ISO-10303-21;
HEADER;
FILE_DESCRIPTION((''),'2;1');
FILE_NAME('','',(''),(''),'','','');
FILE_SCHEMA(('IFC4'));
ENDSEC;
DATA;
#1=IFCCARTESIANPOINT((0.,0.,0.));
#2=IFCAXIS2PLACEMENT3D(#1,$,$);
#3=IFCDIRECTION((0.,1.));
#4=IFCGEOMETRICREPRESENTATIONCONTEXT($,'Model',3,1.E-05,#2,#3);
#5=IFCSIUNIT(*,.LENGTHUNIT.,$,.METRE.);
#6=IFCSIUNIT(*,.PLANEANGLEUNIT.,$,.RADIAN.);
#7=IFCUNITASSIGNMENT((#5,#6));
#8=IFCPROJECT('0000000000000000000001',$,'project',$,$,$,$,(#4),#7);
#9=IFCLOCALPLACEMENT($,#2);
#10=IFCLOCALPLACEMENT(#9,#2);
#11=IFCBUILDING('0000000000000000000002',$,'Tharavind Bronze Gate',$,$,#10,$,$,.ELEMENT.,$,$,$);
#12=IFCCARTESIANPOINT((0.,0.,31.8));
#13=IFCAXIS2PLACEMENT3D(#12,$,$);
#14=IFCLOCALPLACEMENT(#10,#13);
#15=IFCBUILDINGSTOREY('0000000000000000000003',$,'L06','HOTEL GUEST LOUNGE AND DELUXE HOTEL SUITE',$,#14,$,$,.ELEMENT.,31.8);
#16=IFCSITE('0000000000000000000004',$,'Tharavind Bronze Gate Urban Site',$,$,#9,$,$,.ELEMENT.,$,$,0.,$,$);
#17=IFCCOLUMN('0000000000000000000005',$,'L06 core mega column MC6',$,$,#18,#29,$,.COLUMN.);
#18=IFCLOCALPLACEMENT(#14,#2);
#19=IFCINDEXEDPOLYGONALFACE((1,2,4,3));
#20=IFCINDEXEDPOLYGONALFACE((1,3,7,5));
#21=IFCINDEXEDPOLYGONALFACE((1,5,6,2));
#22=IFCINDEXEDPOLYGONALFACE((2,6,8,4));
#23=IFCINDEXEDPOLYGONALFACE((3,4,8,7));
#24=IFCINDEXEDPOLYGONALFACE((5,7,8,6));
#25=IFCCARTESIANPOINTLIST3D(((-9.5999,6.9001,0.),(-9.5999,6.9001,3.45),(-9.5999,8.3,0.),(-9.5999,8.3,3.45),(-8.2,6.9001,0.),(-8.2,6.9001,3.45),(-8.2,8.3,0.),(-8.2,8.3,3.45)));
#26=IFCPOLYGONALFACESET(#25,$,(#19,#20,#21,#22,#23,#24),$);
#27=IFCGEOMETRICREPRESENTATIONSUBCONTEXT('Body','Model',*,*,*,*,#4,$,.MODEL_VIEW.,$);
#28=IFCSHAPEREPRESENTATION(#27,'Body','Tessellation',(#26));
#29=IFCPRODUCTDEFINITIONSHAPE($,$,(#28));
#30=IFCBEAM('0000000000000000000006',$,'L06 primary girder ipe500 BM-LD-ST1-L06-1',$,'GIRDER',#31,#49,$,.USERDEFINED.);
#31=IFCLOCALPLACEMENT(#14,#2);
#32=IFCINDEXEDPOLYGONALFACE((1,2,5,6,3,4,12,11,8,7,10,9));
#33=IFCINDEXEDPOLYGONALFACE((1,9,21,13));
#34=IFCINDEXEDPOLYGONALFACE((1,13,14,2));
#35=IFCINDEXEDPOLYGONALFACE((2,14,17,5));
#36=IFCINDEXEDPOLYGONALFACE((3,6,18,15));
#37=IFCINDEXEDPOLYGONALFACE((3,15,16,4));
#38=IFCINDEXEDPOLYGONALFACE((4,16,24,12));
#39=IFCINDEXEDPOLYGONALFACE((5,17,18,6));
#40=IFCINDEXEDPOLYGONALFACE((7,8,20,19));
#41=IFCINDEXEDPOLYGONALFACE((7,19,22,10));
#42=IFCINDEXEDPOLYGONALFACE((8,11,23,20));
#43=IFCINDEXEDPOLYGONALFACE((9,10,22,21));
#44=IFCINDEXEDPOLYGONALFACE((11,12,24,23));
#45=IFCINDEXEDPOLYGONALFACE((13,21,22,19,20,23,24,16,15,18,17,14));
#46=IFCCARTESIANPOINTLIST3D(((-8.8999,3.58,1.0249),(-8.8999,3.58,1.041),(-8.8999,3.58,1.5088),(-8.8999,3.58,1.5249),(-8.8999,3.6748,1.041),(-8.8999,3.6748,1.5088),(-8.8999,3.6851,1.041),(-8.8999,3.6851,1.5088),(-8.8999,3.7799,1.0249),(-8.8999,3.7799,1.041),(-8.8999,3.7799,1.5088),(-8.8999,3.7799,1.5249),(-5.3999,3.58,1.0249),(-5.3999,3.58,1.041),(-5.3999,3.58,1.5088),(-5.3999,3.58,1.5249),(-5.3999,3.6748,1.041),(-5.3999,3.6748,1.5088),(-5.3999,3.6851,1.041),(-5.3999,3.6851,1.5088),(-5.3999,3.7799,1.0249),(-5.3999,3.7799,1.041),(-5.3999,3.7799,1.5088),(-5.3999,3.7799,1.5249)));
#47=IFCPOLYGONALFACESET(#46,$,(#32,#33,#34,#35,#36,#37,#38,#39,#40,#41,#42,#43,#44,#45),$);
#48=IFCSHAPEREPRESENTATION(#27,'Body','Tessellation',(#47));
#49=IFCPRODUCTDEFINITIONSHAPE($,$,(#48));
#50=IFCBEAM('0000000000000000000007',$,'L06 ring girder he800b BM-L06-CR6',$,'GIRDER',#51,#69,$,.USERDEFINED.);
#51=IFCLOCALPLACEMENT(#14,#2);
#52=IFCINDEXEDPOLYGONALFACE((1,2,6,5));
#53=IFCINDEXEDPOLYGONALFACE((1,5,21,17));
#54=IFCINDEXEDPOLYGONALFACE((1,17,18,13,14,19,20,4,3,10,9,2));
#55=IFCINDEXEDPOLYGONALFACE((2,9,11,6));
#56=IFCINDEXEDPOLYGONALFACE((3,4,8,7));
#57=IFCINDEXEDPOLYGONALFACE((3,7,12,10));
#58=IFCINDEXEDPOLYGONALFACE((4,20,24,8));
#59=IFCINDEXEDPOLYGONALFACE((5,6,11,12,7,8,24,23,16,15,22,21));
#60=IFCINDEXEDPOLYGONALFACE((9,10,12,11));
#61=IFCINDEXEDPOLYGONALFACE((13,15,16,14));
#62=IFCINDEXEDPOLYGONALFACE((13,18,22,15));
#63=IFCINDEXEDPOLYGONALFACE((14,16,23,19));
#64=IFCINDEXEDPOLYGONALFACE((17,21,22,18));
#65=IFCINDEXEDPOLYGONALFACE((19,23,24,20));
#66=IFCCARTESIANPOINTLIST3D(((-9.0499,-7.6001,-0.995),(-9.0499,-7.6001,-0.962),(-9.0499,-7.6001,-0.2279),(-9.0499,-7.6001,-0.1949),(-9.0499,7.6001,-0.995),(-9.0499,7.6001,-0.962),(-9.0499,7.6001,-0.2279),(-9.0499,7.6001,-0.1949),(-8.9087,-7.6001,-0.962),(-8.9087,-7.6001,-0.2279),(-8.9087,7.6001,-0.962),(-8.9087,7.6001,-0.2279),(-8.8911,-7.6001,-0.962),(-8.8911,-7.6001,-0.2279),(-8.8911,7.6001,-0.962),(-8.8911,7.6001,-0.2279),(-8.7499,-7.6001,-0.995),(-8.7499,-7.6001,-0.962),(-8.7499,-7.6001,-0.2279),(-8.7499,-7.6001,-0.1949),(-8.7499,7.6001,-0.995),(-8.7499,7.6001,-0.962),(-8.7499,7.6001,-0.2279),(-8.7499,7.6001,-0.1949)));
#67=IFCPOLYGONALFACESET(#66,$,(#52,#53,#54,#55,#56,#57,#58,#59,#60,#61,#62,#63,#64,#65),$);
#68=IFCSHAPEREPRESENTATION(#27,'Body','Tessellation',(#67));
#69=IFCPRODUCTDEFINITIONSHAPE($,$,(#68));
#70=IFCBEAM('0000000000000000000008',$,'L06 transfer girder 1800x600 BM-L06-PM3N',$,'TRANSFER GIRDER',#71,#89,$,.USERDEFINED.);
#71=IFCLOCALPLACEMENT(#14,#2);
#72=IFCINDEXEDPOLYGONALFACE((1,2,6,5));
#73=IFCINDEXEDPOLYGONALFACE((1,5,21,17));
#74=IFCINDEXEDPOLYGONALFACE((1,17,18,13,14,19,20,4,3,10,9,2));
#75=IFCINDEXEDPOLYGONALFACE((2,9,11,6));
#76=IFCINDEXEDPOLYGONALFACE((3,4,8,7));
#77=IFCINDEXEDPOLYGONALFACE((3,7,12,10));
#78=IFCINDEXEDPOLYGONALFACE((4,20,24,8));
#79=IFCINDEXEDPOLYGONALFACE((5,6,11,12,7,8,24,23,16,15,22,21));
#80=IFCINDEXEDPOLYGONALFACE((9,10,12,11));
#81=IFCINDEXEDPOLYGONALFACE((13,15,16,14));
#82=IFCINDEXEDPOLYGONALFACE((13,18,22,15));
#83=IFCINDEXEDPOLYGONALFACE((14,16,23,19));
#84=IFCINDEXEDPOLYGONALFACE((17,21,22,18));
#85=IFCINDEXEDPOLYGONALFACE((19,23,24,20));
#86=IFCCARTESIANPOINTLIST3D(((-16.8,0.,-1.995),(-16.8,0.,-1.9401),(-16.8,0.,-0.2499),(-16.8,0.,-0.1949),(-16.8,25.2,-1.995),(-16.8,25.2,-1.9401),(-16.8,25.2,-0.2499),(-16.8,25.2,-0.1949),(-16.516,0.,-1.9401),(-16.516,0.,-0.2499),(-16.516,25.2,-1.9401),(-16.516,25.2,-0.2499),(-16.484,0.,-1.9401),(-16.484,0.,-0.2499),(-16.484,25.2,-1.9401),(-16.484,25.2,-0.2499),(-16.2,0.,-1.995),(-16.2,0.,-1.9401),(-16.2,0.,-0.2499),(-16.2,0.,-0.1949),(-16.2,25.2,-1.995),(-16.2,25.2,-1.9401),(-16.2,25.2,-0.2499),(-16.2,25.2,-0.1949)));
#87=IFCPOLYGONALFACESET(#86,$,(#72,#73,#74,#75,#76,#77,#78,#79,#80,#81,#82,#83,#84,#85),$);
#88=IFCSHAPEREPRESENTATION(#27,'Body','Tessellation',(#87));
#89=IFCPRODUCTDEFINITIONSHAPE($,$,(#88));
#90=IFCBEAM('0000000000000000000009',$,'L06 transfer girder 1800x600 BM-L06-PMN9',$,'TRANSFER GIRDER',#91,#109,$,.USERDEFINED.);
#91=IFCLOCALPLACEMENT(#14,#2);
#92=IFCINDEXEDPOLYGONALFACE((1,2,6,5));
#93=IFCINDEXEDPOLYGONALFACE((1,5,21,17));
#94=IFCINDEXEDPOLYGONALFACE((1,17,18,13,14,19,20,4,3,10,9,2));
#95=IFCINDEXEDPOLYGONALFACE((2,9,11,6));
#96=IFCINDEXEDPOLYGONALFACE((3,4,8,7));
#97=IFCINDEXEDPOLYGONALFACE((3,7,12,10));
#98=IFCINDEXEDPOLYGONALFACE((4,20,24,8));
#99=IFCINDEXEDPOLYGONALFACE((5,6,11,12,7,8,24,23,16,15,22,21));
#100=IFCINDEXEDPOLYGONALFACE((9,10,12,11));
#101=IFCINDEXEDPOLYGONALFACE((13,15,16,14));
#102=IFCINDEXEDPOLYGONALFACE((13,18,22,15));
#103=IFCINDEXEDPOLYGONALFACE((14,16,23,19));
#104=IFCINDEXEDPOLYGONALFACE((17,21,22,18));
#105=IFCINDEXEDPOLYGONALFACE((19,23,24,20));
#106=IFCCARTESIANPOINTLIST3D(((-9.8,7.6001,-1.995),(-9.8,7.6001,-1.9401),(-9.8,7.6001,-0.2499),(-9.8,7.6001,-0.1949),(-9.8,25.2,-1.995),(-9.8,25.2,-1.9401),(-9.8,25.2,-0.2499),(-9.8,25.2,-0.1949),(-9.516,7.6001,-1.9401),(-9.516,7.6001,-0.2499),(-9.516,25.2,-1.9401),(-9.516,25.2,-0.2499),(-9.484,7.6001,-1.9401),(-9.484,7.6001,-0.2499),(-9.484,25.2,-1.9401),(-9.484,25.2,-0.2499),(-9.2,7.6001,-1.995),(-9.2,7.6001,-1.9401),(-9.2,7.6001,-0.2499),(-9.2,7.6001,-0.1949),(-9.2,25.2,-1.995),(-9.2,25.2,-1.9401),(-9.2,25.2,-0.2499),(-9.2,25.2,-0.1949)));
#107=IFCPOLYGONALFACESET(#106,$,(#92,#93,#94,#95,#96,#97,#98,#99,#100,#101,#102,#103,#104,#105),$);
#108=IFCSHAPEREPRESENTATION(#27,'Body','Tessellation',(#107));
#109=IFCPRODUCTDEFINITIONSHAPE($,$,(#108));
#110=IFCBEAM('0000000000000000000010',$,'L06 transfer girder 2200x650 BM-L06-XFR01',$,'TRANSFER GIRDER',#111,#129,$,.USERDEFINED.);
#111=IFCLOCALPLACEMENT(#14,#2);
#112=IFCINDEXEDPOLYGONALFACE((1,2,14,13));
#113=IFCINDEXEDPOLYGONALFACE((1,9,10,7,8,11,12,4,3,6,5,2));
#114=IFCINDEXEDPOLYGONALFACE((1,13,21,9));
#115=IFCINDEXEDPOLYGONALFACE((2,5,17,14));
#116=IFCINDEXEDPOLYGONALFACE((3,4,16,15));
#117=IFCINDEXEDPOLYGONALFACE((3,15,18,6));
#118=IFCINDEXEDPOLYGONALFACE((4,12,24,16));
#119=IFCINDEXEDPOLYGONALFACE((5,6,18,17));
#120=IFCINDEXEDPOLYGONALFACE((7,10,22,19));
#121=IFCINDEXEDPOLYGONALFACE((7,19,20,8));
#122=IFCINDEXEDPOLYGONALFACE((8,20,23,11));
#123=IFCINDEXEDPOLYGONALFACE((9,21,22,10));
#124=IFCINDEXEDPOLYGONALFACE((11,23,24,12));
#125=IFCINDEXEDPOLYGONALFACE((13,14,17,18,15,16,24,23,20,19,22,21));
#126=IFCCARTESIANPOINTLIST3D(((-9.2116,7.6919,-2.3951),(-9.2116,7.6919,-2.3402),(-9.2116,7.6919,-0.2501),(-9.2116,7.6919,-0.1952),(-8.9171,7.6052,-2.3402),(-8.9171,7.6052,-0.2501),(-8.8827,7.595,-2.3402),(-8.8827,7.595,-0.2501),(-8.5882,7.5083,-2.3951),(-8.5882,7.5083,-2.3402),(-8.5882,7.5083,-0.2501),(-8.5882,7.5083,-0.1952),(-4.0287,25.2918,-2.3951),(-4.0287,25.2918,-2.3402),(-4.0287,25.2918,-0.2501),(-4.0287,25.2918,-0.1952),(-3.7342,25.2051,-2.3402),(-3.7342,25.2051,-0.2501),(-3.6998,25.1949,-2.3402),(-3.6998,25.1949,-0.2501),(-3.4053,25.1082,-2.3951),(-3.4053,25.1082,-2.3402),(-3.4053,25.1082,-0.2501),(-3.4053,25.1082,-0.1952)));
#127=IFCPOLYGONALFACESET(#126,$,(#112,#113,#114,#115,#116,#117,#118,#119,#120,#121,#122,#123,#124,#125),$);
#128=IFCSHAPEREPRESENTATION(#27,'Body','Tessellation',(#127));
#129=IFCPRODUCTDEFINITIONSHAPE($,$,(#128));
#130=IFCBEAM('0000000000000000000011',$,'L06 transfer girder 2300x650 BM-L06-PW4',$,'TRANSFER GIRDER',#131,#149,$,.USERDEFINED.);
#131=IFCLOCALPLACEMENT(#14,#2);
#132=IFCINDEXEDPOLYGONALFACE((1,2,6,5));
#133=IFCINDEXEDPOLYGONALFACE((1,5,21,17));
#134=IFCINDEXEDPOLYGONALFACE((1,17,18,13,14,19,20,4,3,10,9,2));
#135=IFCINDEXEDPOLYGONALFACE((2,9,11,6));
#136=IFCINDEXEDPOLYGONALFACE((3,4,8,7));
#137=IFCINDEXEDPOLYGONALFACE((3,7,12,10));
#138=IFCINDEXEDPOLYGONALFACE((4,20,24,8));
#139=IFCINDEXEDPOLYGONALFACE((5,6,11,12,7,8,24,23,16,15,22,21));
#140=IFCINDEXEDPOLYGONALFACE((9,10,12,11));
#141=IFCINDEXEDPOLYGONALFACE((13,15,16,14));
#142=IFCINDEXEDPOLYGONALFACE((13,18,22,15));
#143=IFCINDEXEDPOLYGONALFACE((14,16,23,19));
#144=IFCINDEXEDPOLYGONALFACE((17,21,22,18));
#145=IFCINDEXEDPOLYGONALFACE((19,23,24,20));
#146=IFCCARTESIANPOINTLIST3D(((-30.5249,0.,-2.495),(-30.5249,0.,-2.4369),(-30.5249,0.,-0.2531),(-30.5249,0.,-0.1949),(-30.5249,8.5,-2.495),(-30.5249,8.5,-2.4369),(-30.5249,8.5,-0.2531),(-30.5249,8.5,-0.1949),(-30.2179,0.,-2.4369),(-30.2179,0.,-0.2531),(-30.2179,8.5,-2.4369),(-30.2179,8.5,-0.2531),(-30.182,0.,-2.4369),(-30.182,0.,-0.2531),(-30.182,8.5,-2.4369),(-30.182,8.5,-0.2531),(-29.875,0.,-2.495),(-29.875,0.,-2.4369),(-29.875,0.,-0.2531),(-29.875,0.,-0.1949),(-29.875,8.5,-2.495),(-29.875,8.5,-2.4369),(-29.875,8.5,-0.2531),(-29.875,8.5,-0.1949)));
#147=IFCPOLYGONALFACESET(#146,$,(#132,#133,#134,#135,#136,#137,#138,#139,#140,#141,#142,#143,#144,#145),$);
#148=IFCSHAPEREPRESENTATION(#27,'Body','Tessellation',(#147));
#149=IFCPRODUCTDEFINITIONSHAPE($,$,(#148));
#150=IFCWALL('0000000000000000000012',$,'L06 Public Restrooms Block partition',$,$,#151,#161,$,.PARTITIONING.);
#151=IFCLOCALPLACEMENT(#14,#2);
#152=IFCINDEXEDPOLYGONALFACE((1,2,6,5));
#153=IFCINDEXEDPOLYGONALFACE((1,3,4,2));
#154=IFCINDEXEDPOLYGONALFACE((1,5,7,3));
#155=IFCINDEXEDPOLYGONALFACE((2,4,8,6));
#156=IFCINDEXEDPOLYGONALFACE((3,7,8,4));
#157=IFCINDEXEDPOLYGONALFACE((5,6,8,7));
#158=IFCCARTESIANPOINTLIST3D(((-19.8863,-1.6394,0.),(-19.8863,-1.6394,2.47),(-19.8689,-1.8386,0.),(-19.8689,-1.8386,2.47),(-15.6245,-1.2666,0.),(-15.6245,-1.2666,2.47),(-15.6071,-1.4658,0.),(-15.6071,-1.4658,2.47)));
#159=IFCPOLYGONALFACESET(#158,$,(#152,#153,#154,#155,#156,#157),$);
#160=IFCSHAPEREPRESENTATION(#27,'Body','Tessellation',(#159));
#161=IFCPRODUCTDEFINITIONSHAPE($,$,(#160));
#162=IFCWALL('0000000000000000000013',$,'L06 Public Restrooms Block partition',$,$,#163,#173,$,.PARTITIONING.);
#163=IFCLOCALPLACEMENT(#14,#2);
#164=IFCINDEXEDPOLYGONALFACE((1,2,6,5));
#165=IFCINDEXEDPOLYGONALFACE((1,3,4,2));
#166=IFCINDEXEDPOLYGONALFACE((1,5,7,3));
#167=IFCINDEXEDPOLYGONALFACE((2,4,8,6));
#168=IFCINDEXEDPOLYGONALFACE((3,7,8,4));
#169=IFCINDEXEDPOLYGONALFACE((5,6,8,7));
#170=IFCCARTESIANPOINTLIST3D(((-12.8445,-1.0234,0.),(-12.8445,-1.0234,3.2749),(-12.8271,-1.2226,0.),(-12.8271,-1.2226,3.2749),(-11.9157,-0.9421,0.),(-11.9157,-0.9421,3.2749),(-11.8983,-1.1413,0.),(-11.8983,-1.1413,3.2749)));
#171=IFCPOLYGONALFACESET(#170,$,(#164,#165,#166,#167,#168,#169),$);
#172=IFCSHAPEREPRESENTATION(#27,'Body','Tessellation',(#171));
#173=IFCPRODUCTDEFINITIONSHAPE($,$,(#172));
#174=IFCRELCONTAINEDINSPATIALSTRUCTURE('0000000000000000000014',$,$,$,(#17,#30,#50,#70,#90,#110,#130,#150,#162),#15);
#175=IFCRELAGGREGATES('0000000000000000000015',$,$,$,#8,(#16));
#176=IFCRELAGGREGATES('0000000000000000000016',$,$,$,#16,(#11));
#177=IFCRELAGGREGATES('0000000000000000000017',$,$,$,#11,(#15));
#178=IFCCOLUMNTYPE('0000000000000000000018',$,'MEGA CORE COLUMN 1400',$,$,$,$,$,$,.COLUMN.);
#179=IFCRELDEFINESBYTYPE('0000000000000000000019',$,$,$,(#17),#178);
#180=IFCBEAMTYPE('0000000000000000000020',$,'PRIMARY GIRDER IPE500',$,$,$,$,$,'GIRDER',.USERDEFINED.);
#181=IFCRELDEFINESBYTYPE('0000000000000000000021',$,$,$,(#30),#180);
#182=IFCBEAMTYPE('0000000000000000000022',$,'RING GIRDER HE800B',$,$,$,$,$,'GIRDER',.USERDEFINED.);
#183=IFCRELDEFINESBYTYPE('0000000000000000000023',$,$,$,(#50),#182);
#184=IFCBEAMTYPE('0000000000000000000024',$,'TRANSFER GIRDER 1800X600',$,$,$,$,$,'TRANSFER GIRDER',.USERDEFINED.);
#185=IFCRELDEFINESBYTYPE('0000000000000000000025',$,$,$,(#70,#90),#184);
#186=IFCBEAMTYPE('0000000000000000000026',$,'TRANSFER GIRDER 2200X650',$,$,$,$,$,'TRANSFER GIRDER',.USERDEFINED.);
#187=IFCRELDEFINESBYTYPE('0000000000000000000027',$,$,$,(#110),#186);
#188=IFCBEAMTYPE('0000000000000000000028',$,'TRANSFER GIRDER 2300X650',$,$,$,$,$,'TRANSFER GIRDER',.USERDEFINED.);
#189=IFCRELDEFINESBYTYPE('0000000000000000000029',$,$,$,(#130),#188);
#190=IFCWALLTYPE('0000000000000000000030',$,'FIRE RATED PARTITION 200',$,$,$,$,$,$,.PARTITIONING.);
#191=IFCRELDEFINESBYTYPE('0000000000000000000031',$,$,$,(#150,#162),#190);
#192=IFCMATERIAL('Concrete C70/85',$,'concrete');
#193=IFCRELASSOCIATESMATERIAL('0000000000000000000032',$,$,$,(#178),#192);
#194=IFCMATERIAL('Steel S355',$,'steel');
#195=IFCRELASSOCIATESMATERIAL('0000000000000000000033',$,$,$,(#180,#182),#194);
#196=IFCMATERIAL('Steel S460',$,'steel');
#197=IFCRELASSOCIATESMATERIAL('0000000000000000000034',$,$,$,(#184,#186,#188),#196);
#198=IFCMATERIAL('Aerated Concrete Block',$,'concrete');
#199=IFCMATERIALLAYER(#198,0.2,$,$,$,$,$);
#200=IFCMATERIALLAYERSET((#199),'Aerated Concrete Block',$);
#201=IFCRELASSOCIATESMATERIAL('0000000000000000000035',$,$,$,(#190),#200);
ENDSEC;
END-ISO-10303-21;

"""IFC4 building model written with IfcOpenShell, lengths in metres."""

from ifc_helpers import new_model, si_unit, direction, frame, frame_2d, origin, origin_2d, place, context, subcontext, project, spatial, rectangle, i_section, extrude, material, layer, layer_set, material_profile, profile_set, type_object, element, save


model = new_model("IFC4")

# Units and contexts
model_context = context("Model", 3, precision=1e-05, world=origin(), true_north=direction((0.0, 1.0)))
body_context = subcontext(model_context, "Body", "Model", "MODEL_VIEW")
ifc_project = project(units=[si_unit("LENGTHUNIT", "METRE"), si_unit("PLANEANGLEUNIT", "RADIAN")], contexts=[model_context])

# Site, building, storey
site_placement = place(None, origin())
site = spatial("IfcSite", under=ifc_project, at=site_placement, Name="Tharavind Bronze Gate Urban Site", CompositionType="ELEMENT", RefElevation=0.0)
building_placement = place(site_placement, origin())
building = spatial("IfcBuilding", under=site, at=building_placement, Name="Tharavind Bronze Gate", CompositionType="ELEMENT")
storey_placement = place(building_placement, frame((0.0, 0.0, 31.8)))
storey = spatial("IfcBuildingStorey", under=building, at=storey_placement, Name="L06", Description="HOTEL GUEST LOUNGE AND DELUXE HOTEL SUITE", CompositionType="ELEMENT", Elevation=31.8)

# Column
ifc_material_1 = material(Name="Concrete C70/85", Category="concrete")
ifc_material_profile_1 = material_profile(ifc_material_1, rectangle(XDim=1.3999, YDim=1.3999, at=origin_2d()), Name="RCCOL1400")
ifc_profile_set_1 = profile_set([ifc_material_profile_1], Name="Concrete C70/85")
column_type = type_object("IfcColumnType", Name="MEGA CORE COLUMN 1400", PredefinedType="COLUMN", material=ifc_profile_set_1)
column_placement = place(storey_placement, frame((-8.8999, 7.6001, 0.0), z_axis=(0.0, 0.0, 1.0), x_axis=(1.0, 0.0, 0.0)))
element("IfcColumn", 1, at=column_placement, inside=storey, type_object=column_type, Name="L06 core mega column MC6", PredefinedType="COLUMN", context=body_context, shape_type="SweptSolid", body=[
    extrude(rectangle(XDim=1.3999, YDim=1.3999, at=origin_2d()), origin(), (0.0, 0.0, 1.0), 3.45),
])

# Beams
ifc_material_2 = material(Name="Steel S355", Category="steel")
ifc_material_profile_2 = material_profile(ifc_material_2, i_section(OverallWidth=0.2, OverallDepth=0.5, WebThickness=0.0103, FlangeThickness=0.0161, at=origin_2d()), Name="IPE500")
ifc_profile_set_2 = profile_set([ifc_material_profile_2], Name="Steel S355")
beam_type_1 = type_object("IfcBeamType", Name="PRIMARY GIRDER IPE500", ElementType="GIRDER", PredefinedType="USERDEFINED", material=ifc_profile_set_2)
beam_1_placement = place(storey_placement, frame((-8.8999, 3.6799, 1.2749), z_axis=(1.0, 0.0, 0.0), x_axis=(0.0, 1.0, 0.0)))
element("IfcBeam", 2, at=beam_1_placement, inside=storey, type_object=beam_type_1, Name="L06 primary girder ipe500 BM-LD-ST1-L06-1", ObjectType="GIRDER", PredefinedType="USERDEFINED", context=body_context, shape_type="SweptSolid", body=[
    extrude(i_section(OverallWidth=0.2, OverallDepth=0.5, WebThickness=0.0103, FlangeThickness=0.0161, at=origin_2d()), origin(), (0.0, 0.0, 1.0), 3.5),
])
ifc_material_profile_3 = material_profile(ifc_material_2, i_section(OverallWidth=0.3, OverallDepth=0.8, WebThickness=0.0176, FlangeThickness=0.033, at=origin_2d()), Name="HE800B")
ifc_profile_set_3 = profile_set([ifc_material_profile_3], Name="Steel S355")
beam_type_2 = type_object("IfcBeamType", Name="RING GIRDER HE800B", ElementType="GIRDER", PredefinedType="USERDEFINED", material=ifc_profile_set_3)
beam_2_placement = place(storey_placement, frame((-8.8999, 7.6001, -0.595), z_axis=(0.0, -1.0, 0.0), x_axis=(1.0, 0.0, 0.0)))
element("IfcBeam", 3, at=beam_2_placement, inside=storey, type_object=beam_type_2, Name="L06 ring girder he800b BM-L06-CR6", ObjectType="GIRDER", PredefinedType="USERDEFINED", context=body_context, shape_type="SweptSolid", body=[
    extrude(i_section(OverallWidth=0.3, OverallDepth=0.8, WebThickness=0.0176, FlangeThickness=0.033, at=origin_2d()), origin(), (0.0, 0.0, 1.0), 15.2002),
])
ifc_material_3 = material(Name="Steel S460", Category="steel")
ifc_material_profile_4 = material_profile(ifc_material_3, i_section(OverallWidth=0.6001, OverallDepth=1.8, WebThickness=0.032, FlangeThickness=0.0549, at=origin_2d()), Name="PG1800X600")
ifc_profile_set_4 = profile_set([ifc_material_profile_4], Name="Steel S460")
beam_type_3 = type_object("IfcBeamType", Name="TRANSFER GIRDER 1800X600", ElementType="TRANSFER GIRDER", PredefinedType="USERDEFINED", material=ifc_profile_set_4)
beam_3_placement = place(storey_placement, frame((-16.5, 0.0, -1.095), z_axis=(0.0, 1.0, 0.0), x_axis=(-1.0, 0.0, 0.0)))
element("IfcBeam", 4, at=beam_3_placement, inside=storey, type_object=beam_type_3, Name="L06 transfer girder 1800x600 BM-L06-PM3N", ObjectType="TRANSFER GIRDER", PredefinedType="USERDEFINED", context=body_context, shape_type="SweptSolid", body=[
    extrude(i_section(OverallWidth=0.6001, OverallDepth=1.8, WebThickness=0.032, FlangeThickness=0.0549, at=origin_2d()), origin(), (0.0, 0.0, 1.0), 25.2),
])
beam_4_placement = place(storey_placement, frame((-9.5, 7.6001, -1.095), z_axis=(0.0, 1.0, 0.0), x_axis=(-1.0, 0.0, 0.0)))
element("IfcBeam", 5, at=beam_4_placement, inside=storey, type_object=beam_type_3, Name="L06 transfer girder 1800x600 BM-L06-PMN9", ObjectType="TRANSFER GIRDER", PredefinedType="USERDEFINED", context=body_context, shape_type="SweptSolid", body=[
    extrude(i_section(OverallWidth=0.6001, OverallDepth=1.8, WebThickness=0.032, FlangeThickness=0.0549, at=origin_2d()), origin(), (0.0, 0.0, 1.0), 17.5999),
])
ifc_material_profile_5 = material_profile(ifc_material_3, i_section(OverallWidth=0.6499, OverallDepth=2.2, WebThickness=0.0359, FlangeThickness=0.0549, at=origin_2d()), Name="PG2200X650")
ifc_profile_set_5 = profile_set([ifc_material_profile_5], Name="Steel S460")
beam_type_4 = type_object("IfcBeamType", Name="TRANSFER GIRDER 2200X650", ElementType="TRANSFER GIRDER", PredefinedType="USERDEFINED", material=ifc_profile_set_5)
beam_5_placement = place(storey_placement, frame((-8.8999, 7.6001, -1.2952), z_axis=(0.282489, 0.959271, 0.0), x_axis=(-0.959271, 0.282489, 0.0)))
element("IfcBeam", 6, at=beam_5_placement, inside=storey, type_object=beam_type_4, Name="L06 transfer girder 2200x650 BM-L06-XFR01", ObjectType="TRANSFER GIRDER", PredefinedType="USERDEFINED", context=body_context, shape_type="SweptSolid", body=[
    extrude(i_section(OverallWidth=0.6499, OverallDepth=2.2, WebThickness=0.0359, FlangeThickness=0.0549, at=origin_2d()), origin(), (0.0, 0.0, 1.0), 18.3472),
])
ifc_material_profile_6 = material_profile(ifc_material_3, i_section(OverallWidth=0.6499, OverallDepth=2.3, WebThickness=0.0359, FlangeThickness=0.0581, at=origin_2d()), Name="PG2300X650")
ifc_profile_set_6 = profile_set([ifc_material_profile_6], Name="Steel S460")
beam_type_5 = type_object("IfcBeamType", Name="TRANSFER GIRDER 2300X650", ElementType="TRANSFER GIRDER", PredefinedType="USERDEFINED", material=ifc_profile_set_6)
beam_6_placement = place(storey_placement, frame((-30.2, 0.0, -1.345), z_axis=(0.0, 1.0, 0.0), x_axis=(-1.0, 0.0, 0.0)))
element("IfcBeam", 7, at=beam_6_placement, inside=storey, type_object=beam_type_5, Name="L06 transfer girder 2300x650 BM-L06-PW4", ObjectType="TRANSFER GIRDER", PredefinedType="USERDEFINED", context=body_context, shape_type="SweptSolid", body=[
    extrude(i_section(OverallWidth=0.6499, OverallDepth=2.3, WebThickness=0.0359, FlangeThickness=0.0581, at=origin_2d()), origin(), (0.0, 0.0, 1.0), 8.5),
])

# Walls
ifc_material_4 = material(Name="Aerated Concrete Block", Category="concrete")
ifc_layer_1 = layer(ifc_material_4, 0.2)
ifc_layer_set_1 = layer_set([ifc_layer_1], Name="Aerated Concrete Block")
wall_type_1 = type_object("IfcWallType", Name="FIRE RATED PARTITION 200", PredefinedType="PARTITIONING", material=ifc_layer_set_1)
wall_1_placement = place(storey_placement, frame((-19.8777, -1.739, 0.0), z_axis=(0.0, 0.0, 1.0), x_axis=(0.996196, 0.087144, 0.0)))
element("IfcWall", 8, at=wall_1_placement, inside=storey, type_object=wall_type_1, Name="L06 Public Restrooms Block partition", PredefinedType="PARTITIONING", context=body_context, shape_type="SweptSolid", body=[
    extrude(rectangle(XDim=4.2781, YDim=0.2, at=frame_2d((2.1392, 0.0))), origin(), (0.0, 0.0, 1.0), 2.47),
])
wall_2_placement = place(storey_placement, frame((-12.8359, -1.123, 0.0), z_axis=(0.0, 0.0, 1.0), x_axis=(0.99619, 0.087206, 0.0)))
element("IfcWall", 9, at=wall_2_placement, inside=storey, type_object=wall_type_1, Name="L06 Public Restrooms Block partition", PredefinedType="PARTITIONING", context=body_context, shape_type="SweptSolid", body=[
    extrude(rectangle(XDim=0.9324, YDim=0.2, at=frame_2d((0.4663, 0.0))), origin(), (0.0, 0.0, 1.0), 3.2749),
])

save(model, "model.ifc")
